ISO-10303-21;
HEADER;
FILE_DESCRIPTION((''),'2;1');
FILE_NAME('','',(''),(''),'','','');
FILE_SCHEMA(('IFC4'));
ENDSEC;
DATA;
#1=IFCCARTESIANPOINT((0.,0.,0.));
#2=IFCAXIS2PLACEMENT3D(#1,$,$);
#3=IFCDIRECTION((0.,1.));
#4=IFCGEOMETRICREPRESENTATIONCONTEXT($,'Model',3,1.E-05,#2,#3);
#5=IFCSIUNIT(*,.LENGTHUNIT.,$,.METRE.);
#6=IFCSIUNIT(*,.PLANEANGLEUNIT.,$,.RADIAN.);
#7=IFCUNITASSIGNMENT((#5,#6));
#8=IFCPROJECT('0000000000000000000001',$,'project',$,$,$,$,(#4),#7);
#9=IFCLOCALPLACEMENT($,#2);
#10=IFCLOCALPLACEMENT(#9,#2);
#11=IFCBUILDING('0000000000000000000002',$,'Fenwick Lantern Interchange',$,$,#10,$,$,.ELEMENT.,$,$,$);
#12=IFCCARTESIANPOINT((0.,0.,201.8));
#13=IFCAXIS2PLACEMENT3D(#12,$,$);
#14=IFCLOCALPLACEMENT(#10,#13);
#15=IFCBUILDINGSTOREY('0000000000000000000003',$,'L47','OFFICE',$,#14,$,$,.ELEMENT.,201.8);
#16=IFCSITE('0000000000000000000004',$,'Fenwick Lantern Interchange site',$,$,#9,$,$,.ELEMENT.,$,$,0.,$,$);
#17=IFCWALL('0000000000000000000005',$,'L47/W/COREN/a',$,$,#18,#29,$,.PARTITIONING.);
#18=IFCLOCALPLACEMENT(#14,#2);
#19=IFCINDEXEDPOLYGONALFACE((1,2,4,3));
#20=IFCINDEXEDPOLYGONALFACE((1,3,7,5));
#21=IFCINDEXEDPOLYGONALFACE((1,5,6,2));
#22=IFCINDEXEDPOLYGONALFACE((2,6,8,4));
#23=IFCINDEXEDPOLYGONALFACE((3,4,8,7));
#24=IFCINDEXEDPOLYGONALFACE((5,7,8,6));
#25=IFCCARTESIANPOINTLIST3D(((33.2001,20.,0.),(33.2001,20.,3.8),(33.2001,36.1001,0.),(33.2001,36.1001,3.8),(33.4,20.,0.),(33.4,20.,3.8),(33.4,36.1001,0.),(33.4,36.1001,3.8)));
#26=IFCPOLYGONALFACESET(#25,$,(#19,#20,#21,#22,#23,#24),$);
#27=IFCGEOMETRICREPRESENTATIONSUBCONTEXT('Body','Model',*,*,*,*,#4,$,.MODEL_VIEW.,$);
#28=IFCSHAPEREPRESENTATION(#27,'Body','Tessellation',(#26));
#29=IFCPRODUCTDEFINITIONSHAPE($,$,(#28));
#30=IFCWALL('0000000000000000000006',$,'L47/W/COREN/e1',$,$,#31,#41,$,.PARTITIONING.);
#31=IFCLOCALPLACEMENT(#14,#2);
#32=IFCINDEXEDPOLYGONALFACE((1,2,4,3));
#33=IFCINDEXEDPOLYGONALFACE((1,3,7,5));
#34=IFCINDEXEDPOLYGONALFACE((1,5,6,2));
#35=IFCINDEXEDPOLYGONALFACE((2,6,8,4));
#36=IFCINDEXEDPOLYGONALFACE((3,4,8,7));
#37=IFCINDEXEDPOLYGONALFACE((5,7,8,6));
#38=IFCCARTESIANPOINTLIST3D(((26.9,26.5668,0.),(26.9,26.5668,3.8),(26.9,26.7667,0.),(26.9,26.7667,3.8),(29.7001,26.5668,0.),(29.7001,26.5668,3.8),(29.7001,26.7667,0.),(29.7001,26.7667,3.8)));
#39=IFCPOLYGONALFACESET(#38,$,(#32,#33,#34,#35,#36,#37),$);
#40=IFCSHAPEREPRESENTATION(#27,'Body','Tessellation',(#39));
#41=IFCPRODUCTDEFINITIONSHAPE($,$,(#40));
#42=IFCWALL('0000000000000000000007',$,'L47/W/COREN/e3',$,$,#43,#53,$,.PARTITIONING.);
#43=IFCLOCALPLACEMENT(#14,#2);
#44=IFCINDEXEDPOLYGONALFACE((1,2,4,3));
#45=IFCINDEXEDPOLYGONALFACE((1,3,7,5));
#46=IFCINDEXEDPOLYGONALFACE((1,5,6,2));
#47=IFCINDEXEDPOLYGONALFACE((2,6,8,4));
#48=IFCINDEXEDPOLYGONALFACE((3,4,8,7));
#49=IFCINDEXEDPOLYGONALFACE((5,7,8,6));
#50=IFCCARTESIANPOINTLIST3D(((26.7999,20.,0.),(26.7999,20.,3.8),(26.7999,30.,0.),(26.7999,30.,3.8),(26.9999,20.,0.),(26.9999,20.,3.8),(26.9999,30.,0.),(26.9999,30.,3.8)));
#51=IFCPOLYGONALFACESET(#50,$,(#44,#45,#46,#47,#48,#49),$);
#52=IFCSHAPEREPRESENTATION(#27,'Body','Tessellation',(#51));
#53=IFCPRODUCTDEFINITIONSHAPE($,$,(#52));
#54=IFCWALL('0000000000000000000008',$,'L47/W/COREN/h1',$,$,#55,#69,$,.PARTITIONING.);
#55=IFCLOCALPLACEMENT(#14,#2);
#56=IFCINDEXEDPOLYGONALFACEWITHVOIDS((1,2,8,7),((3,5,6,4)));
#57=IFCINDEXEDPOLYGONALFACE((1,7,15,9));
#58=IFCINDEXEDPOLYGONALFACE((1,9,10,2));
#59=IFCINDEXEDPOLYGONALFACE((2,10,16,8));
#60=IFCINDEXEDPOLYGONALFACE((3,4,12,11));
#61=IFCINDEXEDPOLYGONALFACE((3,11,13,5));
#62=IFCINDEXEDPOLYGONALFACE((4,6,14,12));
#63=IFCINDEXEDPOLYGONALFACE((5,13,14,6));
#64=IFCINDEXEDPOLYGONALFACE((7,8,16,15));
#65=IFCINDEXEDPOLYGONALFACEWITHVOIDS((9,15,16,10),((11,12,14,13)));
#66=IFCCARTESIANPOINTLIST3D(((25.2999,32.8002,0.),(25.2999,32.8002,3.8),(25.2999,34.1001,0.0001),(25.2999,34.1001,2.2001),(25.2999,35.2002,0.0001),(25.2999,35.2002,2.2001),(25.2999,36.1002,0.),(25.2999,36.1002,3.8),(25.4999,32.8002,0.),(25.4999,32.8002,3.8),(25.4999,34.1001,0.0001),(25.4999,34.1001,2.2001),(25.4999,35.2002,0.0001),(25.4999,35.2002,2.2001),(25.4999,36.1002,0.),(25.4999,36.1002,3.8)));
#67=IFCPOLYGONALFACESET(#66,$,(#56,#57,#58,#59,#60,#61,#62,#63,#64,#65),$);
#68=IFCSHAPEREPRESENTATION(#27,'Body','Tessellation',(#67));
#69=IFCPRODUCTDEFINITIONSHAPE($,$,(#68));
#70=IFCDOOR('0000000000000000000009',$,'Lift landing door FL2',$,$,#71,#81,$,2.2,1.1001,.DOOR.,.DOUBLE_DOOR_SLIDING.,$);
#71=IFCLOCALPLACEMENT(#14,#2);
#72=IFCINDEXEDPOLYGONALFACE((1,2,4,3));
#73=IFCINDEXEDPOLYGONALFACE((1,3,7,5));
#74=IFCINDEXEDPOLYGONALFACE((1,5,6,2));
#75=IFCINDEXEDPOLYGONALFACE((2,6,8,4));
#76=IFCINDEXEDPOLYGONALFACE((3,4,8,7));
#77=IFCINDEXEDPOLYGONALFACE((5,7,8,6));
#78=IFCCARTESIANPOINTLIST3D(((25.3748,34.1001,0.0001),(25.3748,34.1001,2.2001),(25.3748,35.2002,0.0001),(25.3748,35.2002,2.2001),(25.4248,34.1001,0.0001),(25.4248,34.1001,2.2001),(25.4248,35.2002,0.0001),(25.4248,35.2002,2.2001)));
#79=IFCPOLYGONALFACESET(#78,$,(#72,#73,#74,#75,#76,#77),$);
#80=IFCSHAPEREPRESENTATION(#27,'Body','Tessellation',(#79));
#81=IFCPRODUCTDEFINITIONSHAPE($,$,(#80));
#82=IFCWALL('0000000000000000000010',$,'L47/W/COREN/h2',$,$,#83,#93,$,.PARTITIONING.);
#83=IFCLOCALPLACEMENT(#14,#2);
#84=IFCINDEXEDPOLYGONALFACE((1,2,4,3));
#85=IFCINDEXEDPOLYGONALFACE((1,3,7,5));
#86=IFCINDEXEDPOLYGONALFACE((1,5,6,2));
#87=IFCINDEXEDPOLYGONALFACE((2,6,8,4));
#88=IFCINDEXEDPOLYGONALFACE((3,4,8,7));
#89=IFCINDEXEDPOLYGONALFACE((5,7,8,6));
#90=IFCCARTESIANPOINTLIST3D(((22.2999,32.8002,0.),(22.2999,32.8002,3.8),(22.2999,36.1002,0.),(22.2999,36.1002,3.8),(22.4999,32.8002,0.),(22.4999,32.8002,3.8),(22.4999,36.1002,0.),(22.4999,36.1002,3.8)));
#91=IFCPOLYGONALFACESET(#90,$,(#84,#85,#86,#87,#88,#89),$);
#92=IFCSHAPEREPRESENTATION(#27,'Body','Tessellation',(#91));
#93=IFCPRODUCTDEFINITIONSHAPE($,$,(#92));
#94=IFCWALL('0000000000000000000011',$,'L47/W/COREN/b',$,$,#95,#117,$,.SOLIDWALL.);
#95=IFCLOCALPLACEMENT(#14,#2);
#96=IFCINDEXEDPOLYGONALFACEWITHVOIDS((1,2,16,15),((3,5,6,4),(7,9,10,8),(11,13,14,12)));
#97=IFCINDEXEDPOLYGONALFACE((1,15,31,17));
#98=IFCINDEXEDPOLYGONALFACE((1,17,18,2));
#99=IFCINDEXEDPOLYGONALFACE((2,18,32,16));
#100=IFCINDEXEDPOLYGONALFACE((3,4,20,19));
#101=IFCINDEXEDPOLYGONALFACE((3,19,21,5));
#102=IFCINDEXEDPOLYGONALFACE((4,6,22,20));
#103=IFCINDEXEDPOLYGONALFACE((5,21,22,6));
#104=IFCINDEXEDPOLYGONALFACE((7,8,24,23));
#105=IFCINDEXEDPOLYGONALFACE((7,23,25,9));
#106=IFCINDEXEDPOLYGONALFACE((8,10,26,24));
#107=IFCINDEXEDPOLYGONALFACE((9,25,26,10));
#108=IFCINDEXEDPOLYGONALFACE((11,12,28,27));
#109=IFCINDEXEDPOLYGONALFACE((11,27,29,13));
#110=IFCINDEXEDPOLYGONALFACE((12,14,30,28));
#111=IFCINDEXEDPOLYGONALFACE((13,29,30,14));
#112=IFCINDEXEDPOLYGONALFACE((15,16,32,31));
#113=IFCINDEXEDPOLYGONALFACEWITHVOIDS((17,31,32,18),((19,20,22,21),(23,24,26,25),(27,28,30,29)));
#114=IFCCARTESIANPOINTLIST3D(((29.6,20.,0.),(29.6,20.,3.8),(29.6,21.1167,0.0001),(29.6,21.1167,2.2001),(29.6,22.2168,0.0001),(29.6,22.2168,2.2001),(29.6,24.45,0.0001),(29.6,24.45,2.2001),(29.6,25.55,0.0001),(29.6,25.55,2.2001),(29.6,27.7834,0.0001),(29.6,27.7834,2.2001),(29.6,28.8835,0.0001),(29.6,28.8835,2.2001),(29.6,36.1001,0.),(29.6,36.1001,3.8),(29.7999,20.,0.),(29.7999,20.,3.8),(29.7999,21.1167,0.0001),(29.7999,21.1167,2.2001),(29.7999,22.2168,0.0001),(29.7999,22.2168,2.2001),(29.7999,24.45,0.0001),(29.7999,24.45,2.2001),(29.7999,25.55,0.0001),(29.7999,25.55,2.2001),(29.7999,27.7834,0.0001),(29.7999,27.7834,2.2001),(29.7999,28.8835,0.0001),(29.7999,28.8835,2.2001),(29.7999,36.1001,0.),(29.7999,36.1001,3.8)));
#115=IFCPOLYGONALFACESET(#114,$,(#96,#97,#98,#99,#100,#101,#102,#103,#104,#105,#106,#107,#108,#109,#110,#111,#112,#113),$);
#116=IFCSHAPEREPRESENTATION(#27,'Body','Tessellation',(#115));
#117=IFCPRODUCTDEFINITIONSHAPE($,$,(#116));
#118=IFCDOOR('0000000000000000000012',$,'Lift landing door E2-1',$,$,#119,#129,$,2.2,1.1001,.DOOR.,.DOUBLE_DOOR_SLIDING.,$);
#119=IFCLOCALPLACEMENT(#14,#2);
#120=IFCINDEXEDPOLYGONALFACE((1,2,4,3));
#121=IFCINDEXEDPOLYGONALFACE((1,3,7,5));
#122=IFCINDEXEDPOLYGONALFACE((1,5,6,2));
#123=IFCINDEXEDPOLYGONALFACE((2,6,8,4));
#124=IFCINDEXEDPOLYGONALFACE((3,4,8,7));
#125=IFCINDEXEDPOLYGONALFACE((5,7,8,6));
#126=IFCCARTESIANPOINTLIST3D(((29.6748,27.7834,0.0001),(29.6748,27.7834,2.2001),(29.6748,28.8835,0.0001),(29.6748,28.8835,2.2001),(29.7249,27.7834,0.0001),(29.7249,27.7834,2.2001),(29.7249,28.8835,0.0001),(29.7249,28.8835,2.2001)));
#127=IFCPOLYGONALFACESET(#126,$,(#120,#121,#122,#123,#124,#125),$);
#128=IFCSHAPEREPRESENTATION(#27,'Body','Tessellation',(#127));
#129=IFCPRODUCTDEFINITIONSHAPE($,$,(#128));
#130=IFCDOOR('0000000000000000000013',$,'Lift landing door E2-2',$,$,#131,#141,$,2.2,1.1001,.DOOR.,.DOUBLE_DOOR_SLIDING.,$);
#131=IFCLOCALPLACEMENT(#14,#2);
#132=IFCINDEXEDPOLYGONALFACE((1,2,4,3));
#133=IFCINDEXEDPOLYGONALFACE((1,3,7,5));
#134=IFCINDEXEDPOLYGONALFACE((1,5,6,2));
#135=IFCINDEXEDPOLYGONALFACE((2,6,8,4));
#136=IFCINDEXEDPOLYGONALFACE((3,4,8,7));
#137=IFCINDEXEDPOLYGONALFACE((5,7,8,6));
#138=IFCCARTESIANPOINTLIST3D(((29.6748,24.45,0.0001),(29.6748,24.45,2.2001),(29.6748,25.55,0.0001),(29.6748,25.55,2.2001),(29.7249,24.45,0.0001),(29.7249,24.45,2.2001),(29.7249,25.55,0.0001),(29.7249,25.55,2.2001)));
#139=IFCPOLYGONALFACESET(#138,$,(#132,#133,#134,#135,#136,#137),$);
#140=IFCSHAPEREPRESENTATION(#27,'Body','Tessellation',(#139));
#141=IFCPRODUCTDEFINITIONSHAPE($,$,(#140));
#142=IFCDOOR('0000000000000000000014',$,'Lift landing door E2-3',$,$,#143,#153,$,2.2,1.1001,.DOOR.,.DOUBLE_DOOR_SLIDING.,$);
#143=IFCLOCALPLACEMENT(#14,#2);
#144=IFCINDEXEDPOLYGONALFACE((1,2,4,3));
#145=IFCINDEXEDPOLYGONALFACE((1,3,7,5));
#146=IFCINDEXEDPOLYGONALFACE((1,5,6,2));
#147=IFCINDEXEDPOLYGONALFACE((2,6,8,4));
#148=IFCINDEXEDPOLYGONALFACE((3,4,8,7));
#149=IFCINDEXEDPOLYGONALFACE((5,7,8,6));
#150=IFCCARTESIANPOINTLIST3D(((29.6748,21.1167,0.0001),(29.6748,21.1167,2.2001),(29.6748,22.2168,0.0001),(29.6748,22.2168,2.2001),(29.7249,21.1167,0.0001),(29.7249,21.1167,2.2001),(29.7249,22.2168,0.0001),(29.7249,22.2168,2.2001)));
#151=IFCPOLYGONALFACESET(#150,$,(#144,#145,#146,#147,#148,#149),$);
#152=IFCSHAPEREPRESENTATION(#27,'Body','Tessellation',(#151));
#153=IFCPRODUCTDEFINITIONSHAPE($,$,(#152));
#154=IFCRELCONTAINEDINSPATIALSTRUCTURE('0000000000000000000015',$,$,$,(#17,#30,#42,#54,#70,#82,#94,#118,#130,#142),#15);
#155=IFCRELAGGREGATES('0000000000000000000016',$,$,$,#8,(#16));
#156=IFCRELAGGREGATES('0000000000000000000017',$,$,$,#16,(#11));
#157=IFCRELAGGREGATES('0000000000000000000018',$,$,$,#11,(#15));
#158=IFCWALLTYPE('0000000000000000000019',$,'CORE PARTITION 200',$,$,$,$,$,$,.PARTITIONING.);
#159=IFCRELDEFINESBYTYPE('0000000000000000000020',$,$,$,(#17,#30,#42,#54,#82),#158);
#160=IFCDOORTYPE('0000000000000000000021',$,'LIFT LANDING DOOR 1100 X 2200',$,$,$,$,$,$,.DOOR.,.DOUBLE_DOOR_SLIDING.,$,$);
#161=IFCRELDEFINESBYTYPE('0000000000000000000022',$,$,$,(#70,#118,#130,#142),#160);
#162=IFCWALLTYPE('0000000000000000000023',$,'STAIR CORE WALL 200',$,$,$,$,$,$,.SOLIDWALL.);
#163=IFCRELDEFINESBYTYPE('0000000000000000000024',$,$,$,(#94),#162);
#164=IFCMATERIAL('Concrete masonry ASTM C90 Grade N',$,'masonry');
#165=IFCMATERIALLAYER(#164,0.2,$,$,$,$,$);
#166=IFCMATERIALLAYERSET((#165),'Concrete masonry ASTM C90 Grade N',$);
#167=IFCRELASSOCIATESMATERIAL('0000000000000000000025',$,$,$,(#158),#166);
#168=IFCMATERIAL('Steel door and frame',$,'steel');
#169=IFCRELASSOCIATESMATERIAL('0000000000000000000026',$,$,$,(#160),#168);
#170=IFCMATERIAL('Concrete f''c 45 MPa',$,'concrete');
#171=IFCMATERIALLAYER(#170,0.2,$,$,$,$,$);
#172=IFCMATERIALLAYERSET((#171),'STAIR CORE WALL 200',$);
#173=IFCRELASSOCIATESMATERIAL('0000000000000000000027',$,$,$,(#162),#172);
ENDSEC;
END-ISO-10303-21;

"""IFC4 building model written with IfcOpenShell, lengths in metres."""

from ifc_helpers import new_model, si_unit, direction, frame, frame_2d, origin, place, context, subcontext, project, spatial, rectangle, extrude, material, layer, layer_set, type_object, element, fill, save


model = new_model("IFC4")

# Units and contexts
model_context = context("Model", 3, precision=1e-05, world=origin(), true_north=direction((0.0, 1.0)))
body_context = subcontext(model_context, "Body", "Model", "MODEL_VIEW")
ifc_project = project(units=[si_unit("LENGTHUNIT", "METRE"), si_unit("PLANEANGLEUNIT", "RADIAN")], contexts=[model_context])

# Site, building, storey
site_placement = place(None, origin())
site = spatial("IfcSite", under=ifc_project, at=site_placement, Name="Fenwick Lantern Interchange site", CompositionType="ELEMENT", RefElevation=0.0)
building_placement = place(site_placement, origin())
building = spatial("IfcBuilding", under=site, at=building_placement, Name="Fenwick Lantern Interchange", CompositionType="ELEMENT")
storey_placement = place(building_placement, frame((0.0, 0.0, 201.8)))
storey = spatial("IfcBuildingStorey", under=building, at=storey_placement, Name="L47", Description="OFFICE", CompositionType="ELEMENT", Elevation=201.8)

# Walls
ifc_material_1 = material(Name="Concrete masonry ASTM C90 Grade N", Category="masonry")
ifc_layer_1 = layer(ifc_material_1, 0.2)
ifc_layer_set_1 = layer_set([ifc_layer_1], Name="Concrete masonry ASTM C90 Grade N")
wall_type_1 = type_object("IfcWallType", Name="CORE PARTITION 200", PredefinedType="PARTITIONING", material=ifc_layer_set_1)
wall_1_placement = place(storey_placement, frame((33.3, 36.1001, 0.0), z_axis=(0.0, 0.0, 1.0), x_axis=(0.0, -1.0, 0.0)))
element("IfcWall", 1, at=wall_1_placement, inside=storey, type_object=wall_type_1, Name="L47/W/COREN/a", PredefinedType="PARTITIONING", context=body_context, shape_type="SweptSolid", body=[
    extrude(rectangle(XDim=16.1001, YDim=0.2, at=frame_2d((8.05, 0.0))), origin(), (0.0, 0.0, 1.0), 3.8),
])
wall_2_placement = place(storey_placement, frame((29.7, 26.6667, 0.0), z_axis=(0.0, 0.0, 1.0), x_axis=(-1.0, 0.0, 0.0)))
element("IfcWall", 2, at=wall_2_placement, inside=storey, type_object=wall_type_1, Name="L47/W/COREN/e1", PredefinedType="PARTITIONING", context=body_context, shape_type="SweptSolid", body=[
    extrude(rectangle(XDim=2.8, YDim=0.2, at=frame_2d((1.3999, 0.0))), origin(), (0.0, 0.0, 1.0), 3.8),
])
wall_3_placement = place(storey_placement, frame((26.8999, 30.0, 0.0), z_axis=(0.0, 0.0, 1.0), x_axis=(0.0, -1.0, 0.0)))
element("IfcWall", 3, at=wall_3_placement, inside=storey, type_object=wall_type_1, Name="L47/W/COREN/e3", PredefinedType="PARTITIONING", context=body_context, shape_type="SweptSolid", body=[
    extrude(rectangle(XDim=10.0, YDim=0.2, at=frame_2d((5.0, 0.0))), origin(), (0.0, 0.0, 1.0), 3.8),
])

# Wall, opening, door
wall_4_placement = place(storey_placement, frame((25.3999, 36.1001, 0.0), z_axis=(0.0, 0.0, 1.0), x_axis=(0.0, -1.0, 0.0)))
wall_4 = element("IfcWall", 4, at=wall_4_placement, inside=storey, type_object=wall_type_1, Name="L47/W/COREN/h1", PredefinedType="PARTITIONING", context=body_context, shape_type="SweptSolid", body=[
    extrude(rectangle(XDim=3.3, YDim=0.2, at=frame_2d((1.6499, 0.0))), origin(), (0.0, 0.0, 1.0), 3.8),
])
opening_1_placement = place(wall_4_placement, frame((0.8999, 0.0, 0.0)))
opening_1 = element("IfcOpeningElement", 5, at=opening_1_placement, cuts=wall_4, PredefinedType="OPENING", context=body_context, shape_type="SweptSolid", body=[
    extrude(rectangle(XDim=1.1001, YDim=2.2, at=frame_2d((0.55, 1.1001))), frame((0.0, 0.1099, 0.0), z_axis=(0.0, -1.0, 0.0), x_axis=(1.0, 0.0, 0.0)), (0.0, 0.0, 1.0), 0.22),
])
ifc_material_2 = material(Name="Steel door and frame", Category="steel")
door_type_1 = type_object("IfcDoorType", Name="LIFT LANDING DOOR 1100 X 2200", OperationType="DOUBLE_DOOR_SLIDING", PredefinedType="DOOR", material=ifc_material_2)
door_1_placement = place(opening_1_placement, origin())
door_1 = element("IfcDoor", 6, at=door_1_placement, inside=storey, type_object=door_type_1, Name="Lift landing door FL2", OperationType="DOUBLE_DOOR_SLIDING", OverallHeight=2.2, OverallWidth=1.1001, PredefinedType="DOOR", context=body_context, shape_type="SweptSolid", body=[
    extrude(rectangle(XDim=1.1001, YDim=2.2, at=frame_2d((0.55, 1.1001))), frame((0.0, 0.0249, 0.0), z_axis=(0.0, -1.0, 0.0), x_axis=(1.0, 0.0, 0.0)), (0.0, 0.0, 1.0), 0.05),
])
fill(opening_1, door_1)

# Wall
wall_5_placement = place(storey_placement, frame((22.3999, 36.1001, 0.0), z_axis=(0.0, 0.0, 1.0), x_axis=(0.0, -1.0, 0.0)))
element("IfcWall", 7, at=wall_5_placement, inside=storey, type_object=wall_type_1, Name="L47/W/COREN/h2", PredefinedType="PARTITIONING", context=body_context, shape_type="SweptSolid", body=[
    extrude(rectangle(XDim=3.3, YDim=0.2, at=frame_2d((1.6499, 0.0))), origin(), (0.0, 0.0, 1.0), 3.8),
])

# Wall, openings, doors
ifc_material_3 = material(Name="Concrete f'c 45 MPa", Category="concrete")
ifc_layer_2 = layer(ifc_material_3, 0.2)
ifc_layer_set_2 = layer_set([ifc_layer_2], Name="STAIR CORE WALL 200")
wall_type_2 = type_object("IfcWallType", Name="STAIR CORE WALL 200", PredefinedType="SOLIDWALL", material=ifc_layer_set_2)
wall_6_placement = place(storey_placement, frame((29.7, 36.1001, 0.0), z_axis=(0.0, 0.0, 1.0), x_axis=(0.0, -1.0, 0.0)))
wall_6 = element("IfcWall", 8, at=wall_6_placement, inside=storey, type_object=wall_type_2, Name="L47/W/COREN/b", PredefinedType="SOLIDWALL", context=body_context, shape_type="SweptSolid", body=[
    extrude(rectangle(XDim=16.1001, YDim=0.2, at=frame_2d((8.05, 0.0))), origin(), (0.0, 0.0, 1.0), 3.8),
])
opening_2_placement = place(wall_6_placement, frame((7.2166, 0.0, 0.0)))
opening_2 = element("IfcOpeningElement", 9, at=opening_2_placement, cuts=wall_6, PredefinedType="OPENING", context=body_context, shape_type="SweptSolid", body=[
    extrude(rectangle(XDim=1.1001, YDim=2.2, at=frame_2d((0.55, 1.1001))), frame((0.0, 0.1099, 0.0), z_axis=(0.0, -1.0, 0.0), x_axis=(1.0, 0.0, 0.0)), (0.0, 0.0, 1.0), 0.22),
])
opening_3_placement = place(wall_6_placement, frame((10.55, 0.0, 0.0)))
opening_3 = element("IfcOpeningElement", 10, at=opening_3_placement, cuts=wall_6, PredefinedType="OPENING", context=body_context, shape_type="SweptSolid", body=[
    extrude(rectangle(XDim=1.1001, YDim=2.2, at=frame_2d((0.55, 1.1001))), frame((0.0, 0.1099, 0.0), z_axis=(0.0, -1.0, 0.0), x_axis=(1.0, 0.0, 0.0)), (0.0, 0.0, 1.0), 0.22),
])
opening_4_placement = place(wall_6_placement, frame((13.8833, 0.0, 0.0)))
opening_4 = element("IfcOpeningElement", 11, at=opening_4_placement, cuts=wall_6, PredefinedType="OPENING", context=body_context, shape_type="SweptSolid", body=[
    extrude(rectangle(XDim=1.1001, YDim=2.2, at=frame_2d((0.55, 1.1001))), frame((0.0, 0.1099, 0.0), z_axis=(0.0, -1.0, 0.0), x_axis=(1.0, 0.0, 0.0)), (0.0, 0.0, 1.0), 0.22),
])
door_2_placement = place(opening_2_placement, origin())
door_2 = element("IfcDoor", 12, at=door_2_placement, inside=storey, type_object=door_type_1, Name="Lift landing door E2-1", OperationType="DOUBLE_DOOR_SLIDING", OverallHeight=2.2, OverallWidth=1.1001, PredefinedType="DOOR", context=body_context, shape_type="SweptSolid", body=[
    extrude(rectangle(XDim=1.1001, YDim=2.2, at=frame_2d((0.55, 1.1001))), frame((0.0, 0.0249, 0.0), z_axis=(0.0, -1.0, 0.0), x_axis=(1.0, 0.0, 0.0)), (0.0, 0.0, 1.0), 0.05),
])
fill(opening_2, door_2)
door_3_placement = place(opening_3_placement, origin())
door_3 = element("IfcDoor", 13, at=door_3_placement, inside=storey, type_object=door_type_1, Name="Lift landing door E2-2", OperationType="DOUBLE_DOOR_SLIDING", OverallHeight=2.2, OverallWidth=1.1001, PredefinedType="DOOR", context=body_context, shape_type="SweptSolid", body=[
    extrude(rectangle(XDim=1.1001, YDim=2.2, at=frame_2d((0.55, 1.1001))), frame((0.0, 0.0249, 0.0), z_axis=(0.0, -1.0, 0.0), x_axis=(1.0, 0.0, 0.0)), (0.0, 0.0, 1.0), 0.05),
])
fill(opening_3, door_3)
door_4_placement = place(opening_4_placement, origin())
door_4 = element("IfcDoor", 14, at=door_4_placement, inside=storey, type_object=door_type_1, Name="Lift landing door E2-3", OperationType="DOUBLE_DOOR_SLIDING", OverallHeight=2.2, OverallWidth=1.1001, PredefinedType="DOOR", context=body_context, shape_type="SweptSolid", body=[
    extrude(rectangle(XDim=1.1001, YDim=2.2, at=frame_2d((0.55, 1.1001))), frame((0.0, 0.0249, 0.0), z_axis=(0.0, -1.0, 0.0), x_axis=(1.0, 0.0, 0.0)), (0.0, 0.0, 1.0), 0.05),
])
fill(opening_4, door_4)

save(model, "model.ifc")
